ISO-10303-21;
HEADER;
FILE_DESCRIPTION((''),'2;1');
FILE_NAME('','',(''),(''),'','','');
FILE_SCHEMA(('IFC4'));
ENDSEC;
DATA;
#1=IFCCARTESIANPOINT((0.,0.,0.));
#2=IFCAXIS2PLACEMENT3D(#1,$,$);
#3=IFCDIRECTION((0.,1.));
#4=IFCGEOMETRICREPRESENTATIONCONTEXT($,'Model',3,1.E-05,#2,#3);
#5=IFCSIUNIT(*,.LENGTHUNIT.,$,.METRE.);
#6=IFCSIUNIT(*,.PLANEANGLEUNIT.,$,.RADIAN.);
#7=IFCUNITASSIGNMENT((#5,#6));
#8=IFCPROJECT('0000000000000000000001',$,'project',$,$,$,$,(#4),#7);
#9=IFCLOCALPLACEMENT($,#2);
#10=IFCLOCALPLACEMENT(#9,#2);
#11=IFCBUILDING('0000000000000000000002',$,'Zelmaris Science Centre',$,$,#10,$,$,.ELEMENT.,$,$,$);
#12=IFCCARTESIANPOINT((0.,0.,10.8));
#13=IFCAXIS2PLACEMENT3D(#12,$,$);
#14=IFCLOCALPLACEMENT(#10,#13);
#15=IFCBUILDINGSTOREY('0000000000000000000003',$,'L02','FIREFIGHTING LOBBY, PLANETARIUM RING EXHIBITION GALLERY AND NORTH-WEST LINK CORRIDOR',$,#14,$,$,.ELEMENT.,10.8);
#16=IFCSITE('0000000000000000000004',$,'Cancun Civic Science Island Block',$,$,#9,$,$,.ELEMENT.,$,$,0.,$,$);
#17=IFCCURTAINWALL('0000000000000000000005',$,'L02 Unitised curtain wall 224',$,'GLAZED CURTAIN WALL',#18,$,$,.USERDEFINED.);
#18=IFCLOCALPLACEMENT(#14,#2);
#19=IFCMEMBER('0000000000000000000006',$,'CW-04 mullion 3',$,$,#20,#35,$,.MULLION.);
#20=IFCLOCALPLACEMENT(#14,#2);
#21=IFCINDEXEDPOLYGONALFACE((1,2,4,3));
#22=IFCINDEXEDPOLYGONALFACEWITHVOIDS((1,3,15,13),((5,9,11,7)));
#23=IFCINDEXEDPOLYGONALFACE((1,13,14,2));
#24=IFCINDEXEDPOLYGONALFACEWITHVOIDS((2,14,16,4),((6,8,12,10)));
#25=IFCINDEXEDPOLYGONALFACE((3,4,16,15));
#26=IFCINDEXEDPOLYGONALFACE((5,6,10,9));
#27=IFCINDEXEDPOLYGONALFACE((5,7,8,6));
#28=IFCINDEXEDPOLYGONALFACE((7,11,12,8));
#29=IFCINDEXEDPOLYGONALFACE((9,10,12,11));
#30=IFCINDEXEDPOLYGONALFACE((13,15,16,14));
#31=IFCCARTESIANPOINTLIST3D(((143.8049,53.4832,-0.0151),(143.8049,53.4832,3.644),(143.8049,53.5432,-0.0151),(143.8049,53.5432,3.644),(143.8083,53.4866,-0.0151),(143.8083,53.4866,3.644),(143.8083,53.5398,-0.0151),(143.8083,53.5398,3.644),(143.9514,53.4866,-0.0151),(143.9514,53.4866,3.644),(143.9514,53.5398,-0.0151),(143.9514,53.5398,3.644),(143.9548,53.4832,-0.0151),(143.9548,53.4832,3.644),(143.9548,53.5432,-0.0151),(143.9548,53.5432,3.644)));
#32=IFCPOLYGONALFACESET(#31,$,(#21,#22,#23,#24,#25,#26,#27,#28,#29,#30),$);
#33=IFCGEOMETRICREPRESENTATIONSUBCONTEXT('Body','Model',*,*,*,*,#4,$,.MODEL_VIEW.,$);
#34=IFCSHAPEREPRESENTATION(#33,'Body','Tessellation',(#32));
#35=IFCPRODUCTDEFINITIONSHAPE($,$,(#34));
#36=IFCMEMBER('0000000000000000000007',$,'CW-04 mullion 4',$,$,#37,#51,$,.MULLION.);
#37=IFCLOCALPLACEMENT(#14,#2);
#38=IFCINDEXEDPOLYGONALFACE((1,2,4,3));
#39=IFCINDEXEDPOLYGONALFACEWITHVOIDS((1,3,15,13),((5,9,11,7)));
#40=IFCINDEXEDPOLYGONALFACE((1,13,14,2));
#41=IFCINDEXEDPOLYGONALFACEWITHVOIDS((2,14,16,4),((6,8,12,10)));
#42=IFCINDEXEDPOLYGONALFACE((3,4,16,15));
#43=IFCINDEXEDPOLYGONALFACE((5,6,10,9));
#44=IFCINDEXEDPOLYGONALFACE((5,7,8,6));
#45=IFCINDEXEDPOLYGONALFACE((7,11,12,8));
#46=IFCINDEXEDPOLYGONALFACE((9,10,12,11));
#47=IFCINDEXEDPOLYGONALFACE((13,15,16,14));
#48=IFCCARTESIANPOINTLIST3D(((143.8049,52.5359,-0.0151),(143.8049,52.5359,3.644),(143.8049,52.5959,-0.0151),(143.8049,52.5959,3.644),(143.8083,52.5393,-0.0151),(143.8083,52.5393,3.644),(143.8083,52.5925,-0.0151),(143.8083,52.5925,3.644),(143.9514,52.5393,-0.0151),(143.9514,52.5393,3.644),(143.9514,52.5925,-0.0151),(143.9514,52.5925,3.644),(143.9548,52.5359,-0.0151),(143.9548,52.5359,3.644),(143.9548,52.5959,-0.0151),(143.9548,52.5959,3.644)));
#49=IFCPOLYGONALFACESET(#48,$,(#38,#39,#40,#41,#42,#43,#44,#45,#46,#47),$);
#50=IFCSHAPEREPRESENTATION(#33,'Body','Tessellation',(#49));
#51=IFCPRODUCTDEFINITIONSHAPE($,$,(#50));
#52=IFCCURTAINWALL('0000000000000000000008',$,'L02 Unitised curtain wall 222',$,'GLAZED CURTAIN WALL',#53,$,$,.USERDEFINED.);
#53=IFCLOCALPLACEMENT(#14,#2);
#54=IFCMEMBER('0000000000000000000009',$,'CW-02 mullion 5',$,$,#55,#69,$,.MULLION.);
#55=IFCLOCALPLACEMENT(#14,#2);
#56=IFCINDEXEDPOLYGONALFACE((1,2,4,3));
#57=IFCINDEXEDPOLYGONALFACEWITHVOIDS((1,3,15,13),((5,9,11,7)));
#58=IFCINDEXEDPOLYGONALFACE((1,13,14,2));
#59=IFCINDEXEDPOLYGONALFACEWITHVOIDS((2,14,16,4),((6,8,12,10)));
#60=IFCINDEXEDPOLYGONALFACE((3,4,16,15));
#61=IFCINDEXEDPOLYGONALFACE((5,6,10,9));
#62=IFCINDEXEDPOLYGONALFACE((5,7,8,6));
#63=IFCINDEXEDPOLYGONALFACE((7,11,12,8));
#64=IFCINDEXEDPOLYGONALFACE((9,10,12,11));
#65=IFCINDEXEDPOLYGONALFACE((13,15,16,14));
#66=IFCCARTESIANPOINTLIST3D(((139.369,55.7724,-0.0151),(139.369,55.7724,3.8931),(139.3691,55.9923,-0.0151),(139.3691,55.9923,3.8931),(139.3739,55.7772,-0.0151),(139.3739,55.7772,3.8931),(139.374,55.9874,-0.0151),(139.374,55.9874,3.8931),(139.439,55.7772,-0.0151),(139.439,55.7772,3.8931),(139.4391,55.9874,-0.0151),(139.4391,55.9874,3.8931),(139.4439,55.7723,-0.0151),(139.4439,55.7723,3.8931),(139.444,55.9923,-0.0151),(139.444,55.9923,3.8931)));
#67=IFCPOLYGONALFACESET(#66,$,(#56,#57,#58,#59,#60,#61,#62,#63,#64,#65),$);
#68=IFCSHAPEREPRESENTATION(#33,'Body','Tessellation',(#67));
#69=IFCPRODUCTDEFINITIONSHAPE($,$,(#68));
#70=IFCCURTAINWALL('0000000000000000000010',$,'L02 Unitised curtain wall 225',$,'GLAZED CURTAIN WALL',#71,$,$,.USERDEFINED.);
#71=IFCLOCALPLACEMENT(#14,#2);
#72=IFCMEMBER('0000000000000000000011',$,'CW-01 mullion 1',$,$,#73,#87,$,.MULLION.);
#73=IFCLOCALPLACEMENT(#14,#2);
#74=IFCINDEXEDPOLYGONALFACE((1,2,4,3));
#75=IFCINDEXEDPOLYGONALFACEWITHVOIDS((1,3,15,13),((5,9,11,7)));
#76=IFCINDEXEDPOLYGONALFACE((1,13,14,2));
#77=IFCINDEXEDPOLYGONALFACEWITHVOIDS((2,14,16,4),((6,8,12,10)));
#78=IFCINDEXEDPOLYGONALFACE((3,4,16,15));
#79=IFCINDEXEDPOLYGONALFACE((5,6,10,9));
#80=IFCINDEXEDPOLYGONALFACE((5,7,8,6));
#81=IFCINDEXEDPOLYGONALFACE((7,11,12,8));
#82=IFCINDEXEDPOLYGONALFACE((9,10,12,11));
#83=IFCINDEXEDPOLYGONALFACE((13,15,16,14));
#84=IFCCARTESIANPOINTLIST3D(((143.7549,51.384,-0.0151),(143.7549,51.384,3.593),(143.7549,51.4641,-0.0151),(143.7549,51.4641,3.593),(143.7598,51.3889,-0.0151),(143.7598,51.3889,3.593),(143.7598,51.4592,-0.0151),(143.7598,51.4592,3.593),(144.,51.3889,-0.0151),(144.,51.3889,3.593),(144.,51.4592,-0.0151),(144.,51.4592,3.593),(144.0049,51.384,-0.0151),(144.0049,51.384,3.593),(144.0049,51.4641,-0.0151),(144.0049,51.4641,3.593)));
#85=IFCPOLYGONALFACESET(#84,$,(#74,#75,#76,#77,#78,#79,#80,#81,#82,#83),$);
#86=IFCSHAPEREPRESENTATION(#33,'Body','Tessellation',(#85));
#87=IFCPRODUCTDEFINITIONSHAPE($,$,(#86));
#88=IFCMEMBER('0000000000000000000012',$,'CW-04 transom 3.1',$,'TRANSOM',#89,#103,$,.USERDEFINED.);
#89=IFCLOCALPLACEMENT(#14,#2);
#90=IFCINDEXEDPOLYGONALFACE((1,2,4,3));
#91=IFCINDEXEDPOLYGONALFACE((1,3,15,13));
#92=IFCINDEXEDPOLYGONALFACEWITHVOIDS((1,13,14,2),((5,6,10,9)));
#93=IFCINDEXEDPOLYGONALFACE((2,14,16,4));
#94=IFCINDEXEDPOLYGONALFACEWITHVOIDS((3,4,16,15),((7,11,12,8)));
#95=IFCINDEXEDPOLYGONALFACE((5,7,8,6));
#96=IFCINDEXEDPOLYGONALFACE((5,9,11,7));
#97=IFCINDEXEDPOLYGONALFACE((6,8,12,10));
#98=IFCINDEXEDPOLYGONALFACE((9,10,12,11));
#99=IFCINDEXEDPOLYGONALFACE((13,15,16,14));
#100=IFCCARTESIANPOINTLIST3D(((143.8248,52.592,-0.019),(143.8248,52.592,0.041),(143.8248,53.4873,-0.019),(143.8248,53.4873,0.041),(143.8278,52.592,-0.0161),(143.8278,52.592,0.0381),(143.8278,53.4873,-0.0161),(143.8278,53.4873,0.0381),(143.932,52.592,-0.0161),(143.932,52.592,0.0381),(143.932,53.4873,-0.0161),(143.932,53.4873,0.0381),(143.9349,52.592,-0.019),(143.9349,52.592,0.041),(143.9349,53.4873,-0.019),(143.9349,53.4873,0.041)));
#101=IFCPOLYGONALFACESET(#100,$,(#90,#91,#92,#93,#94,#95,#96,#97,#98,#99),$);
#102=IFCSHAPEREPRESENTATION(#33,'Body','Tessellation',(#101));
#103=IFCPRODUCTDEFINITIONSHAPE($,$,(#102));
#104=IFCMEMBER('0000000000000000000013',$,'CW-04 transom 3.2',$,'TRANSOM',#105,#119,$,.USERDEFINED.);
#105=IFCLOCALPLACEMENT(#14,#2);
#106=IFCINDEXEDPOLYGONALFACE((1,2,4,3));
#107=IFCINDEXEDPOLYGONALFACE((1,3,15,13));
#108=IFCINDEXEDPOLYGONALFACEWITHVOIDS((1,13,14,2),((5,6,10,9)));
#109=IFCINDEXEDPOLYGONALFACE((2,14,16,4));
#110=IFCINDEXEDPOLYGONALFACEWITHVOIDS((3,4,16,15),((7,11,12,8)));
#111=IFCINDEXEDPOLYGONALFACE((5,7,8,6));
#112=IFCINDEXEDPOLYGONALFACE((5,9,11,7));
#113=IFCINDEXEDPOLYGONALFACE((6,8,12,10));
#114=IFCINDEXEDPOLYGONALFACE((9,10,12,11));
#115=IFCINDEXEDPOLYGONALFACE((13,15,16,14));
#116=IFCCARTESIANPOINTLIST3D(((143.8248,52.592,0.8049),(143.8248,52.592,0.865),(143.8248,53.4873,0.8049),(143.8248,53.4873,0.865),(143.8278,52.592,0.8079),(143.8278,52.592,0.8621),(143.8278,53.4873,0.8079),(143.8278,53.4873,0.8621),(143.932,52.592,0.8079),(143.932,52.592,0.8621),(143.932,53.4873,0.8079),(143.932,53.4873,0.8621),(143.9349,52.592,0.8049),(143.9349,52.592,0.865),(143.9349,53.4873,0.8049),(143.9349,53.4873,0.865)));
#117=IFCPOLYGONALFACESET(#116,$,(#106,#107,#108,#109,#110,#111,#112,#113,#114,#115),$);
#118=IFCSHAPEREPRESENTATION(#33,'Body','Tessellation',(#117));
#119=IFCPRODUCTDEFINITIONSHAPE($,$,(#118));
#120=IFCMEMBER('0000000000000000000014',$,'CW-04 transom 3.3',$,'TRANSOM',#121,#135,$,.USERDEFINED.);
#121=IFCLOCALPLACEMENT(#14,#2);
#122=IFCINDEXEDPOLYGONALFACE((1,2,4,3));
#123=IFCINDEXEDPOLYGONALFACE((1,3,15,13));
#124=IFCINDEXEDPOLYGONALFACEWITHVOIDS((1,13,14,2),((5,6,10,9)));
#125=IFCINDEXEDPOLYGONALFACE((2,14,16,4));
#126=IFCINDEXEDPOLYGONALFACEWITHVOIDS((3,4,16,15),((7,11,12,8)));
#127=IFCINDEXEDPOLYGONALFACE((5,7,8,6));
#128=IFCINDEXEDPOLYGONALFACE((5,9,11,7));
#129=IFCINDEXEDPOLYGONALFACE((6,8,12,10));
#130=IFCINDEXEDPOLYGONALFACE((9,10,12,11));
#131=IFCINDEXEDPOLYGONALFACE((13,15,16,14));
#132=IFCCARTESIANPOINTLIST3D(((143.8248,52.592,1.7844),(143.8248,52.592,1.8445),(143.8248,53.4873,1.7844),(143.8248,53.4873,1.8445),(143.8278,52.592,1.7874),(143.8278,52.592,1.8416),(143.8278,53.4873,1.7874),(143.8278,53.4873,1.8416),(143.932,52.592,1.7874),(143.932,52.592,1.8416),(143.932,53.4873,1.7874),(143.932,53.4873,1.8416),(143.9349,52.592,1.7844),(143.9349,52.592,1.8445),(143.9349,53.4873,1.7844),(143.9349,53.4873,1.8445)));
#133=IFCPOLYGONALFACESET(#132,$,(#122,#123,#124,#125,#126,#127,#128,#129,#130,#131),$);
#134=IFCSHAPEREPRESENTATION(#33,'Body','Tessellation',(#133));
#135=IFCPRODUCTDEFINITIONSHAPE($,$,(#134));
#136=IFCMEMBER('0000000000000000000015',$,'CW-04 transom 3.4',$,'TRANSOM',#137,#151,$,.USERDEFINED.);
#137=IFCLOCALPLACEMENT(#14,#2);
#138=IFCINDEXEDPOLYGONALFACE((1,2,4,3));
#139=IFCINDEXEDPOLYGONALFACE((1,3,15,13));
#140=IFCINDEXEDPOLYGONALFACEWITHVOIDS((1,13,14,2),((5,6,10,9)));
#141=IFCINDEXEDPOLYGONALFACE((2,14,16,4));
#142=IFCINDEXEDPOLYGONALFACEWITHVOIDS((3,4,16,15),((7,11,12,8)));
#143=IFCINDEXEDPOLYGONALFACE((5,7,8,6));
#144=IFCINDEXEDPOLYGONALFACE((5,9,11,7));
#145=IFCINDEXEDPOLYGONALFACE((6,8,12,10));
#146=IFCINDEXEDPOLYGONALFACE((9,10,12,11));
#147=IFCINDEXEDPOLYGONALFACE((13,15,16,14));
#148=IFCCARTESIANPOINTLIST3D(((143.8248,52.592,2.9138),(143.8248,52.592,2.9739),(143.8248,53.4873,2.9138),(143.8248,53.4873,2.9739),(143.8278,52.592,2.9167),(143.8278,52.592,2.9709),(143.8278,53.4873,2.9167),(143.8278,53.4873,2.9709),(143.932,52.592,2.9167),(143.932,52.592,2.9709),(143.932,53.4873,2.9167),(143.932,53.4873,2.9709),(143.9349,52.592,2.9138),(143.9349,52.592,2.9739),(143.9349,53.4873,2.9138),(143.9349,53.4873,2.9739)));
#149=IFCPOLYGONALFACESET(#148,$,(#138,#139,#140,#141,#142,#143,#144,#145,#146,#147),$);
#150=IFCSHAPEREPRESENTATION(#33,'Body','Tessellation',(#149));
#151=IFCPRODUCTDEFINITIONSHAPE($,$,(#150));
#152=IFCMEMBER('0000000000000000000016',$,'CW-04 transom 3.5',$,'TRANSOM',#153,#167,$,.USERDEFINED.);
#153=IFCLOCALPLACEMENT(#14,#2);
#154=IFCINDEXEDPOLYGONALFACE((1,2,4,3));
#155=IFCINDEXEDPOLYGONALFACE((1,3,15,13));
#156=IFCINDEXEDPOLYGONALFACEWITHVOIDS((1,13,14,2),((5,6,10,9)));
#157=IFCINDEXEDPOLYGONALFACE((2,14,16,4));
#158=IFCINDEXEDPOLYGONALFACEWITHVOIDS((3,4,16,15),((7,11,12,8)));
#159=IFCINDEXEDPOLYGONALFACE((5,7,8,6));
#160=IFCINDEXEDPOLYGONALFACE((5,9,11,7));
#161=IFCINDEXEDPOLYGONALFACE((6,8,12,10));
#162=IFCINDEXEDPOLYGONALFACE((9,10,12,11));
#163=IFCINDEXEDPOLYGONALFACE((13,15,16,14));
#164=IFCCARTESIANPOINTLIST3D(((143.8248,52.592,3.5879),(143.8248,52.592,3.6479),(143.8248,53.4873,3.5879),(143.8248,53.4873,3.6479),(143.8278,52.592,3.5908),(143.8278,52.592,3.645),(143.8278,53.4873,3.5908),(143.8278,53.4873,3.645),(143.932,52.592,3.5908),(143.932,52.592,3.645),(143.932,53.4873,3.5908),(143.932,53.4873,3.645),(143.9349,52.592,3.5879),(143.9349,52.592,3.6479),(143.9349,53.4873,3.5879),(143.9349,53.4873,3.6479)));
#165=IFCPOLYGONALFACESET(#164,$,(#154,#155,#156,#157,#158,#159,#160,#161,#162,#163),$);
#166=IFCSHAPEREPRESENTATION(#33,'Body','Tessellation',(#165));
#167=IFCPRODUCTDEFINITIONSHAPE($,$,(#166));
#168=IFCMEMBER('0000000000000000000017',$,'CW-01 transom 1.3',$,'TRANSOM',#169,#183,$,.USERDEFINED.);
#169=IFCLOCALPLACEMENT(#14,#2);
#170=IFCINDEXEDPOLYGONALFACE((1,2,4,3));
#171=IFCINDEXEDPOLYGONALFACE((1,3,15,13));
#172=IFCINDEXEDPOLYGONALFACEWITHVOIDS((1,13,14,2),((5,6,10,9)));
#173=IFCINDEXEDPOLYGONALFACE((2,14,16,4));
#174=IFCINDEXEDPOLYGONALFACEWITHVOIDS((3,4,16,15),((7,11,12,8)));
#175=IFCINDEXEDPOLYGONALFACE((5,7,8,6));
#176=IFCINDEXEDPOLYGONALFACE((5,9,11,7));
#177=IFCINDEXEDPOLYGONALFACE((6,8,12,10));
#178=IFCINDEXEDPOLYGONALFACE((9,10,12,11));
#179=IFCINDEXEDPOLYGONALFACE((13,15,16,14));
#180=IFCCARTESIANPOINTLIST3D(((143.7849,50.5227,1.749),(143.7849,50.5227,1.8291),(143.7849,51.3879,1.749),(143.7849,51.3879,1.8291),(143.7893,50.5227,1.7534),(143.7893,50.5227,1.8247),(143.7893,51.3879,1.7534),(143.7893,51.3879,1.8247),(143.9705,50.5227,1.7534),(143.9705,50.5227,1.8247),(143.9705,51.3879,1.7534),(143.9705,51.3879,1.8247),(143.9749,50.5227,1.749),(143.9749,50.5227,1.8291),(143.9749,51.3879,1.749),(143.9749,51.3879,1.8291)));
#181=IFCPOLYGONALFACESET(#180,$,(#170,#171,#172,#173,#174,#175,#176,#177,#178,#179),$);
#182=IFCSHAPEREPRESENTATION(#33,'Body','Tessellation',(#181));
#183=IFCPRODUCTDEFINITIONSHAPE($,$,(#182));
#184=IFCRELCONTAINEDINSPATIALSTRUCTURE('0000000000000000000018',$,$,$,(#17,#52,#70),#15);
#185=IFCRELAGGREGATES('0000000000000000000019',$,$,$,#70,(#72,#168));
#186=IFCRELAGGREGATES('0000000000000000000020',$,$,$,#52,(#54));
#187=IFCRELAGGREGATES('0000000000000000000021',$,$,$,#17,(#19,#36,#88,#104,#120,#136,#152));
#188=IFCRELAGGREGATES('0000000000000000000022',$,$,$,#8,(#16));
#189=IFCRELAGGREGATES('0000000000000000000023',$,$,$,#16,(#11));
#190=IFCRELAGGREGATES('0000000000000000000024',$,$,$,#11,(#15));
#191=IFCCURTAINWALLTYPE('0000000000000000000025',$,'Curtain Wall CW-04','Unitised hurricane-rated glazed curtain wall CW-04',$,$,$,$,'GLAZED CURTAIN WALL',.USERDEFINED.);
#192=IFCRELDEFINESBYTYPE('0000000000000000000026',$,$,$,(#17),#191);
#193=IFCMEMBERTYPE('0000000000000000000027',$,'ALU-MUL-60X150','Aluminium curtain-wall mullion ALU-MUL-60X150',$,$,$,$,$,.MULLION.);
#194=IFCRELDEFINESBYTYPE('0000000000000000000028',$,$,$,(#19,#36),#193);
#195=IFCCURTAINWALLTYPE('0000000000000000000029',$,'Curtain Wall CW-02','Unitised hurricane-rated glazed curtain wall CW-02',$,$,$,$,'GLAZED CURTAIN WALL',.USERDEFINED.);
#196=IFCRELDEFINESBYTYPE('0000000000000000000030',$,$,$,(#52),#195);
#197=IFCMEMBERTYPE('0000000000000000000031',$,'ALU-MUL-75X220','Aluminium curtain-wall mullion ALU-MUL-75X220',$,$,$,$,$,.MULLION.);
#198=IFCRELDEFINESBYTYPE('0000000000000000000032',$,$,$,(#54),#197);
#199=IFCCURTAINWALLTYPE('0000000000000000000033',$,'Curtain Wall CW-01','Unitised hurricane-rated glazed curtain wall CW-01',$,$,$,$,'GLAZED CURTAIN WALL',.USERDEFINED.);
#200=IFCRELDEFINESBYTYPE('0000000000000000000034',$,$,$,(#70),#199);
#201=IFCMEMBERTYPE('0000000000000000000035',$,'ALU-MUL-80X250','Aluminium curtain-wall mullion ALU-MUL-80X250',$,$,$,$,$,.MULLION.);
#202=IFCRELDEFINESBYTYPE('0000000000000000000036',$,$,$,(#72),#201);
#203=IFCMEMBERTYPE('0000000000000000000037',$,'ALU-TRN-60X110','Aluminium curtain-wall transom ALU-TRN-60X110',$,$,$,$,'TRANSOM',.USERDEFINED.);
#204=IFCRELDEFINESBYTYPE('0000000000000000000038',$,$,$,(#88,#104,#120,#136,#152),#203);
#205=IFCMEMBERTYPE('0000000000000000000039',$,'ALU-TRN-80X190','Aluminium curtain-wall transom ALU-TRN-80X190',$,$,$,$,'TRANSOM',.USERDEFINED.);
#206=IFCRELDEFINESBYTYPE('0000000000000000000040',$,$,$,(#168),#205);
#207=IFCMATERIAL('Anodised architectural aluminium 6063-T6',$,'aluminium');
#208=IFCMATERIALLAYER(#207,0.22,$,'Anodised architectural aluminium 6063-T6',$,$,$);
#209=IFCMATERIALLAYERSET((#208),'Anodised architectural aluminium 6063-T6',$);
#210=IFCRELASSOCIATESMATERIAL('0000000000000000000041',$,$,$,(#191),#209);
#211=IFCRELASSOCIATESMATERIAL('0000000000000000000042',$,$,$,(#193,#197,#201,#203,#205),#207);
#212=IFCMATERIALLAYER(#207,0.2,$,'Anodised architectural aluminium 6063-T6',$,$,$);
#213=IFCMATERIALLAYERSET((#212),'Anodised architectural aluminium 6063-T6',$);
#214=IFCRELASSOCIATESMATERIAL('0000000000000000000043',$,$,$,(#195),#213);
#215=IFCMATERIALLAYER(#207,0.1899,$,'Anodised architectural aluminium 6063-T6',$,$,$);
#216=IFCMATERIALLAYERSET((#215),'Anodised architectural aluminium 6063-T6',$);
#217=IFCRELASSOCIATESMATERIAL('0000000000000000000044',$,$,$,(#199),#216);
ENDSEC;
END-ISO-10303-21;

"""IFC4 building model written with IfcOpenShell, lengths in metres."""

from ifc_helpers import new_model, si_unit, direction, frame, origin, origin_2d, place, context, subcontext, project, spatial, hollow_rectangle, extrude, material, layer, layer_set, material_profile, profile_set, type_object, element, aggregate, save


model = new_model("IFC4")

# Units and contexts
model_context = context("Model", 3, precision=1e-05, world=origin(), true_north=direction((0.0, 1.0)))
body_context = subcontext(model_context, "Body", "Model", "MODEL_VIEW")
ifc_project = project(units=[si_unit("LENGTHUNIT", "METRE"), si_unit("PLANEANGLEUNIT", "RADIAN")], contexts=[model_context])

# Site, building, storey
site_placement = place(None, origin())
site = spatial("IfcSite", under=ifc_project, at=site_placement, Name="Cancun Civic Science Island Block", CompositionType="ELEMENT", RefElevation=0.0)
building_placement = place(site_placement, origin())
building = spatial("IfcBuilding", under=site, at=building_placement, Name="Zelmaris Science Centre", CompositionType="ELEMENT")
storey_placement = place(building_placement, frame((0.0, 0.0, 10.8)))
storey = spatial("IfcBuildingStorey", under=building, at=storey_placement, Name="L02", Description="FIREFIGHTING LOBBY, PLANETARIUM RING EXHIBITION GALLERY AND NORTH-WEST LINK CORRIDOR", CompositionType="ELEMENT", Elevation=10.8)

# Curtain wall, members
ifc_material_1 = material(Name="Anodised architectural aluminium 6063-T6", Category="aluminium")
ifc_layer_1 = layer(ifc_material_1, 0.22, Name="Anodised architectural aluminium 6063-T6")
ifc_layer_set_1 = layer_set([ifc_layer_1], Name="Anodised architectural aluminium 6063-T6")
curtain_wall_type_1 = type_object("IfcCurtainWallType", Name="Curtain Wall CW-04", Description="Unitised hurricane-rated glazed curtain wall CW-04", ElementType="GLAZED CURTAIN WALL", PredefinedType="USERDEFINED", material=ifc_layer_set_1)
curtain_wall_1_placement = place(storey_placement, origin())
curtain_wall_1 = element("IfcCurtainWall", 1, at=curtain_wall_1_placement, inside=storey, type_object=curtain_wall_type_1, Name="L02 Unitised curtain wall 224", ObjectType="GLAZED CURTAIN WALL", PredefinedType="USERDEFINED")
ifc_material_profile_1 = material_profile(ifc_material_1, hollow_rectangle(XDim=0.0601, YDim=0.1499, WallThickness=0.0034, at=origin_2d()), Name="ALU-MUL-60X150")
ifc_profile_set_1 = profile_set([ifc_material_profile_1], Name="Anodised architectural aluminium 6063-T6")
member_type_1 = type_object("IfcMemberType", Name="ALU-MUL-60X150", Description="Aluminium curtain-wall mullion ALU-MUL-60X150", PredefinedType="MULLION", material=ifc_profile_set_1)
member_1_placement = place(storey_placement, frame((143.8799, 53.5132, -0.0151), z_axis=(0.0, 0.0, 1.0), x_axis=(0.0, -1.0, 0.0)))
member_1 = element("IfcMember", 2, at=member_1_placement, type_object=member_type_1, Name="CW-04 mullion 3", PredefinedType="MULLION", context=body_context, shape_type="SweptSolid", body=[
    extrude(hollow_rectangle(XDim=0.0601, YDim=0.1499, WallThickness=0.0034, at=origin_2d()), origin(), (0.0, 0.0, 1.0), 3.6592),
])
member_2_placement = place(storey_placement, frame((143.8799, 52.5659, -0.0151), z_axis=(0.0, 0.0, 1.0), x_axis=(0.0, -1.0, 0.0)))
member_2 = element("IfcMember", 3, at=member_2_placement, type_object=member_type_1, Name="CW-04 mullion 4", PredefinedType="MULLION", context=body_context, shape_type="SweptSolid", body=[
    extrude(hollow_rectangle(XDim=0.0601, YDim=0.1499, WallThickness=0.0034, at=origin_2d()), origin(), (0.0, 0.0, 1.0), 3.6592),
])

# Curtain walls, members
ifc_layer_2 = layer(ifc_material_1, 0.2, Name="Anodised architectural aluminium 6063-T6")
ifc_layer_set_2 = layer_set([ifc_layer_2], Name="Anodised architectural aluminium 6063-T6")
curtain_wall_type_2 = type_object("IfcCurtainWallType", Name="Curtain Wall CW-02", Description="Unitised hurricane-rated glazed curtain wall CW-02", ElementType="GLAZED CURTAIN WALL", PredefinedType="USERDEFINED", material=ifc_layer_set_2)
curtain_wall_2_placement = place(storey_placement, origin())
curtain_wall_2 = element("IfcCurtainWall", 4, at=curtain_wall_2_placement, inside=storey, type_object=curtain_wall_type_2, Name="L02 Unitised curtain wall 222", ObjectType="GLAZED CURTAIN WALL", PredefinedType="USERDEFINED")
ifc_material_profile_2 = material_profile(ifc_material_1, hollow_rectangle(XDim=0.075, YDim=0.22, WallThickness=0.0049, at=origin_2d()), Name="ALU-MUL-75X220")
ifc_profile_set_2 = profile_set([ifc_material_profile_2], Name="Anodised architectural aluminium 6063-T6")
member_type_2 = type_object("IfcMemberType", Name="ALU-MUL-75X220", Description="Aluminium curtain-wall mullion ALU-MUL-75X220", PredefinedType="MULLION", material=ifc_profile_set_2)
member_3_placement = place(storey_placement, frame((139.4065, 55.8823, -0.0151), z_axis=(0.0, 0.0, 1.0), x_axis=(1.0, -0.000489, 0.0)))
member_3 = element("IfcMember", 5, at=member_3_placement, type_object=member_type_2, Name="CW-02 mullion 5", PredefinedType="MULLION", context=body_context, shape_type="SweptSolid", body=[
    extrude(hollow_rectangle(XDim=0.075, YDim=0.22, WallThickness=0.0049, at=origin_2d()), origin(), (0.0, 0.0, 1.0), 3.9082),
])
ifc_layer_3 = layer(ifc_material_1, 0.1899, Name="Anodised architectural aluminium 6063-T6")
ifc_layer_set_3 = layer_set([ifc_layer_3], Name="Anodised architectural aluminium 6063-T6")
curtain_wall_type_3 = type_object("IfcCurtainWallType", Name="Curtain Wall CW-01", Description="Unitised hurricane-rated glazed curtain wall CW-01", ElementType="GLAZED CURTAIN WALL", PredefinedType="USERDEFINED", material=ifc_layer_set_3)
curtain_wall_3_placement = place(storey_placement, origin())
curtain_wall_3 = element("IfcCurtainWall", 6, at=curtain_wall_3_placement, inside=storey, type_object=curtain_wall_type_3, Name="L02 Unitised curtain wall 225", ObjectType="GLAZED CURTAIN WALL", PredefinedType="USERDEFINED")
ifc_material_profile_3 = material_profile(ifc_material_1, hollow_rectangle(XDim=0.0801, YDim=0.25, WallThickness=0.0049, at=origin_2d()), Name="ALU-MUL-80X250")
ifc_profile_set_3 = profile_set([ifc_material_profile_3], Name="Anodised architectural aluminium 6063-T6")
member_type_3 = type_object("IfcMemberType", Name="ALU-MUL-80X250", Description="Aluminium curtain-wall mullion ALU-MUL-80X250", PredefinedType="MULLION", material=ifc_profile_set_3)
member_4_placement = place(storey_placement, frame((143.8799, 51.4241, -0.0151), z_axis=(0.0, 0.0, 1.0), x_axis=(0.0, -1.0, 0.0)))
member_4 = element("IfcMember", 7, at=member_4_placement, type_object=member_type_3, Name="CW-01 mullion 1", PredefinedType="MULLION", context=body_context, shape_type="SweptSolid", body=[
    extrude(hollow_rectangle(XDim=0.0801, YDim=0.25, WallThickness=0.0049, at=origin_2d()), origin(), (0.0, 0.0, 1.0), 3.6082),
])

# Members
ifc_material_profile_4 = material_profile(ifc_material_1, hollow_rectangle(XDim=0.0601, YDim=0.1101, WallThickness=0.0029, at=origin_2d()), Name="ALU-TRN-60X110")
ifc_profile_set_4 = profile_set([ifc_material_profile_4], Name="Anodised architectural aluminium 6063-T6")
member_type_4 = type_object("IfcMemberType", Name="ALU-TRN-60X110", Description="Aluminium curtain-wall transom ALU-TRN-60X110", ElementType="TRANSOM", PredefinedType="USERDEFINED", material=ifc_profile_set_4)
member_5_placement = place(storey_placement, frame((143.8799, 53.4873, 0.011), z_axis=(0.0, -1.0, 0.0), x_axis=(0.0, 0.0, 1.0)))
member_5 = element("IfcMember", 8, at=member_5_placement, type_object=member_type_4, Name="CW-04 transom 3.1", ObjectType="TRANSOM", PredefinedType="USERDEFINED", context=body_context, shape_type="SweptSolid", body=[
    extrude(hollow_rectangle(XDim=0.0601, YDim=0.1101, WallThickness=0.0029, at=origin_2d()), origin(), (0.0, 0.0, 1.0), 0.8953),
])
member_6_placement = place(storey_placement, frame((143.8799, 53.4873, 0.835), z_axis=(0.0, -1.0, 0.0), x_axis=(0.0, 0.0, 1.0)))
member_6 = element("IfcMember", 9, at=member_6_placement, type_object=member_type_4, Name="CW-04 transom 3.2", ObjectType="TRANSOM", PredefinedType="USERDEFINED", context=body_context, shape_type="SweptSolid", body=[
    extrude(hollow_rectangle(XDim=0.0601, YDim=0.1101, WallThickness=0.0029, at=origin_2d()), origin(), (0.0, 0.0, 1.0), 0.8953),
])
member_7_placement = place(storey_placement, frame((143.8799, 53.4873, 1.8145), z_axis=(0.0, -1.0, 0.0), x_axis=(0.0, 0.0, 1.0)))
member_7 = element("IfcMember", 10, at=member_7_placement, type_object=member_type_4, Name="CW-04 transom 3.3", ObjectType="TRANSOM", PredefinedType="USERDEFINED", context=body_context, shape_type="SweptSolid", body=[
    extrude(hollow_rectangle(XDim=0.0601, YDim=0.1101, WallThickness=0.0029, at=origin_2d()), origin(), (0.0, 0.0, 1.0), 0.8953),
])
member_8_placement = place(storey_placement, frame((143.8799, 53.4873, 2.9438), z_axis=(0.0, -1.0, 0.0), x_axis=(0.0, 0.0, 1.0)))
member_8 = element("IfcMember", 11, at=member_8_placement, type_object=member_type_4, Name="CW-04 transom 3.4", ObjectType="TRANSOM", PredefinedType="USERDEFINED", context=body_context, shape_type="SweptSolid", body=[
    extrude(hollow_rectangle(XDim=0.0601, YDim=0.1101, WallThickness=0.0029, at=origin_2d()), origin(), (0.0, 0.0, 1.0), 0.8953),
])
member_9_placement = place(storey_placement, frame((143.8799, 53.4873, 3.6179), z_axis=(0.0, -1.0, 0.0), x_axis=(0.0, 0.0, 1.0)))
member_9 = element("IfcMember", 12, at=member_9_placement, type_object=member_type_4, Name="CW-04 transom 3.5", ObjectType="TRANSOM", PredefinedType="USERDEFINED", context=body_context, shape_type="SweptSolid", body=[
    extrude(hollow_rectangle(XDim=0.0601, YDim=0.1101, WallThickness=0.0029, at=origin_2d()), origin(), (0.0, 0.0, 1.0), 0.8953),
])
ifc_material_profile_5 = material_profile(ifc_material_1, hollow_rectangle(XDim=0.0801, YDim=0.1899, WallThickness=0.0044, at=origin_2d()), Name="ALU-TRN-80X190")
ifc_profile_set_5 = profile_set([ifc_material_profile_5], Name="Anodised architectural aluminium 6063-T6")
member_type_5 = type_object("IfcMemberType", Name="ALU-TRN-80X190", Description="Aluminium curtain-wall transom ALU-TRN-80X190", ElementType="TRANSOM", PredefinedType="USERDEFINED", material=ifc_profile_set_5)
member_10_placement = place(storey_placement, frame((143.8799, 51.3879, 1.7891), z_axis=(0.0, -1.0, 0.0), x_axis=(0.0, 0.0, 1.0)))
member_10 = element("IfcMember", 13, at=member_10_placement, type_object=member_type_5, Name="CW-01 transom 1.3", ObjectType="TRANSOM", PredefinedType="USERDEFINED", context=body_context, shape_type="SweptSolid", body=[
    extrude(hollow_rectangle(XDim=0.0801, YDim=0.1899, WallThickness=0.0044, at=origin_2d()), origin(), (0.0, 0.0, 1.0), 0.8652),
])
aggregate(curtain_wall_3, [member_4, member_10])

aggregate(curtain_wall_2, [member_3])
aggregate(curtain_wall_1, [member_1, member_2, member_5, member_6, member_7, member_8, member_9])

save(model, "model.ifc")
